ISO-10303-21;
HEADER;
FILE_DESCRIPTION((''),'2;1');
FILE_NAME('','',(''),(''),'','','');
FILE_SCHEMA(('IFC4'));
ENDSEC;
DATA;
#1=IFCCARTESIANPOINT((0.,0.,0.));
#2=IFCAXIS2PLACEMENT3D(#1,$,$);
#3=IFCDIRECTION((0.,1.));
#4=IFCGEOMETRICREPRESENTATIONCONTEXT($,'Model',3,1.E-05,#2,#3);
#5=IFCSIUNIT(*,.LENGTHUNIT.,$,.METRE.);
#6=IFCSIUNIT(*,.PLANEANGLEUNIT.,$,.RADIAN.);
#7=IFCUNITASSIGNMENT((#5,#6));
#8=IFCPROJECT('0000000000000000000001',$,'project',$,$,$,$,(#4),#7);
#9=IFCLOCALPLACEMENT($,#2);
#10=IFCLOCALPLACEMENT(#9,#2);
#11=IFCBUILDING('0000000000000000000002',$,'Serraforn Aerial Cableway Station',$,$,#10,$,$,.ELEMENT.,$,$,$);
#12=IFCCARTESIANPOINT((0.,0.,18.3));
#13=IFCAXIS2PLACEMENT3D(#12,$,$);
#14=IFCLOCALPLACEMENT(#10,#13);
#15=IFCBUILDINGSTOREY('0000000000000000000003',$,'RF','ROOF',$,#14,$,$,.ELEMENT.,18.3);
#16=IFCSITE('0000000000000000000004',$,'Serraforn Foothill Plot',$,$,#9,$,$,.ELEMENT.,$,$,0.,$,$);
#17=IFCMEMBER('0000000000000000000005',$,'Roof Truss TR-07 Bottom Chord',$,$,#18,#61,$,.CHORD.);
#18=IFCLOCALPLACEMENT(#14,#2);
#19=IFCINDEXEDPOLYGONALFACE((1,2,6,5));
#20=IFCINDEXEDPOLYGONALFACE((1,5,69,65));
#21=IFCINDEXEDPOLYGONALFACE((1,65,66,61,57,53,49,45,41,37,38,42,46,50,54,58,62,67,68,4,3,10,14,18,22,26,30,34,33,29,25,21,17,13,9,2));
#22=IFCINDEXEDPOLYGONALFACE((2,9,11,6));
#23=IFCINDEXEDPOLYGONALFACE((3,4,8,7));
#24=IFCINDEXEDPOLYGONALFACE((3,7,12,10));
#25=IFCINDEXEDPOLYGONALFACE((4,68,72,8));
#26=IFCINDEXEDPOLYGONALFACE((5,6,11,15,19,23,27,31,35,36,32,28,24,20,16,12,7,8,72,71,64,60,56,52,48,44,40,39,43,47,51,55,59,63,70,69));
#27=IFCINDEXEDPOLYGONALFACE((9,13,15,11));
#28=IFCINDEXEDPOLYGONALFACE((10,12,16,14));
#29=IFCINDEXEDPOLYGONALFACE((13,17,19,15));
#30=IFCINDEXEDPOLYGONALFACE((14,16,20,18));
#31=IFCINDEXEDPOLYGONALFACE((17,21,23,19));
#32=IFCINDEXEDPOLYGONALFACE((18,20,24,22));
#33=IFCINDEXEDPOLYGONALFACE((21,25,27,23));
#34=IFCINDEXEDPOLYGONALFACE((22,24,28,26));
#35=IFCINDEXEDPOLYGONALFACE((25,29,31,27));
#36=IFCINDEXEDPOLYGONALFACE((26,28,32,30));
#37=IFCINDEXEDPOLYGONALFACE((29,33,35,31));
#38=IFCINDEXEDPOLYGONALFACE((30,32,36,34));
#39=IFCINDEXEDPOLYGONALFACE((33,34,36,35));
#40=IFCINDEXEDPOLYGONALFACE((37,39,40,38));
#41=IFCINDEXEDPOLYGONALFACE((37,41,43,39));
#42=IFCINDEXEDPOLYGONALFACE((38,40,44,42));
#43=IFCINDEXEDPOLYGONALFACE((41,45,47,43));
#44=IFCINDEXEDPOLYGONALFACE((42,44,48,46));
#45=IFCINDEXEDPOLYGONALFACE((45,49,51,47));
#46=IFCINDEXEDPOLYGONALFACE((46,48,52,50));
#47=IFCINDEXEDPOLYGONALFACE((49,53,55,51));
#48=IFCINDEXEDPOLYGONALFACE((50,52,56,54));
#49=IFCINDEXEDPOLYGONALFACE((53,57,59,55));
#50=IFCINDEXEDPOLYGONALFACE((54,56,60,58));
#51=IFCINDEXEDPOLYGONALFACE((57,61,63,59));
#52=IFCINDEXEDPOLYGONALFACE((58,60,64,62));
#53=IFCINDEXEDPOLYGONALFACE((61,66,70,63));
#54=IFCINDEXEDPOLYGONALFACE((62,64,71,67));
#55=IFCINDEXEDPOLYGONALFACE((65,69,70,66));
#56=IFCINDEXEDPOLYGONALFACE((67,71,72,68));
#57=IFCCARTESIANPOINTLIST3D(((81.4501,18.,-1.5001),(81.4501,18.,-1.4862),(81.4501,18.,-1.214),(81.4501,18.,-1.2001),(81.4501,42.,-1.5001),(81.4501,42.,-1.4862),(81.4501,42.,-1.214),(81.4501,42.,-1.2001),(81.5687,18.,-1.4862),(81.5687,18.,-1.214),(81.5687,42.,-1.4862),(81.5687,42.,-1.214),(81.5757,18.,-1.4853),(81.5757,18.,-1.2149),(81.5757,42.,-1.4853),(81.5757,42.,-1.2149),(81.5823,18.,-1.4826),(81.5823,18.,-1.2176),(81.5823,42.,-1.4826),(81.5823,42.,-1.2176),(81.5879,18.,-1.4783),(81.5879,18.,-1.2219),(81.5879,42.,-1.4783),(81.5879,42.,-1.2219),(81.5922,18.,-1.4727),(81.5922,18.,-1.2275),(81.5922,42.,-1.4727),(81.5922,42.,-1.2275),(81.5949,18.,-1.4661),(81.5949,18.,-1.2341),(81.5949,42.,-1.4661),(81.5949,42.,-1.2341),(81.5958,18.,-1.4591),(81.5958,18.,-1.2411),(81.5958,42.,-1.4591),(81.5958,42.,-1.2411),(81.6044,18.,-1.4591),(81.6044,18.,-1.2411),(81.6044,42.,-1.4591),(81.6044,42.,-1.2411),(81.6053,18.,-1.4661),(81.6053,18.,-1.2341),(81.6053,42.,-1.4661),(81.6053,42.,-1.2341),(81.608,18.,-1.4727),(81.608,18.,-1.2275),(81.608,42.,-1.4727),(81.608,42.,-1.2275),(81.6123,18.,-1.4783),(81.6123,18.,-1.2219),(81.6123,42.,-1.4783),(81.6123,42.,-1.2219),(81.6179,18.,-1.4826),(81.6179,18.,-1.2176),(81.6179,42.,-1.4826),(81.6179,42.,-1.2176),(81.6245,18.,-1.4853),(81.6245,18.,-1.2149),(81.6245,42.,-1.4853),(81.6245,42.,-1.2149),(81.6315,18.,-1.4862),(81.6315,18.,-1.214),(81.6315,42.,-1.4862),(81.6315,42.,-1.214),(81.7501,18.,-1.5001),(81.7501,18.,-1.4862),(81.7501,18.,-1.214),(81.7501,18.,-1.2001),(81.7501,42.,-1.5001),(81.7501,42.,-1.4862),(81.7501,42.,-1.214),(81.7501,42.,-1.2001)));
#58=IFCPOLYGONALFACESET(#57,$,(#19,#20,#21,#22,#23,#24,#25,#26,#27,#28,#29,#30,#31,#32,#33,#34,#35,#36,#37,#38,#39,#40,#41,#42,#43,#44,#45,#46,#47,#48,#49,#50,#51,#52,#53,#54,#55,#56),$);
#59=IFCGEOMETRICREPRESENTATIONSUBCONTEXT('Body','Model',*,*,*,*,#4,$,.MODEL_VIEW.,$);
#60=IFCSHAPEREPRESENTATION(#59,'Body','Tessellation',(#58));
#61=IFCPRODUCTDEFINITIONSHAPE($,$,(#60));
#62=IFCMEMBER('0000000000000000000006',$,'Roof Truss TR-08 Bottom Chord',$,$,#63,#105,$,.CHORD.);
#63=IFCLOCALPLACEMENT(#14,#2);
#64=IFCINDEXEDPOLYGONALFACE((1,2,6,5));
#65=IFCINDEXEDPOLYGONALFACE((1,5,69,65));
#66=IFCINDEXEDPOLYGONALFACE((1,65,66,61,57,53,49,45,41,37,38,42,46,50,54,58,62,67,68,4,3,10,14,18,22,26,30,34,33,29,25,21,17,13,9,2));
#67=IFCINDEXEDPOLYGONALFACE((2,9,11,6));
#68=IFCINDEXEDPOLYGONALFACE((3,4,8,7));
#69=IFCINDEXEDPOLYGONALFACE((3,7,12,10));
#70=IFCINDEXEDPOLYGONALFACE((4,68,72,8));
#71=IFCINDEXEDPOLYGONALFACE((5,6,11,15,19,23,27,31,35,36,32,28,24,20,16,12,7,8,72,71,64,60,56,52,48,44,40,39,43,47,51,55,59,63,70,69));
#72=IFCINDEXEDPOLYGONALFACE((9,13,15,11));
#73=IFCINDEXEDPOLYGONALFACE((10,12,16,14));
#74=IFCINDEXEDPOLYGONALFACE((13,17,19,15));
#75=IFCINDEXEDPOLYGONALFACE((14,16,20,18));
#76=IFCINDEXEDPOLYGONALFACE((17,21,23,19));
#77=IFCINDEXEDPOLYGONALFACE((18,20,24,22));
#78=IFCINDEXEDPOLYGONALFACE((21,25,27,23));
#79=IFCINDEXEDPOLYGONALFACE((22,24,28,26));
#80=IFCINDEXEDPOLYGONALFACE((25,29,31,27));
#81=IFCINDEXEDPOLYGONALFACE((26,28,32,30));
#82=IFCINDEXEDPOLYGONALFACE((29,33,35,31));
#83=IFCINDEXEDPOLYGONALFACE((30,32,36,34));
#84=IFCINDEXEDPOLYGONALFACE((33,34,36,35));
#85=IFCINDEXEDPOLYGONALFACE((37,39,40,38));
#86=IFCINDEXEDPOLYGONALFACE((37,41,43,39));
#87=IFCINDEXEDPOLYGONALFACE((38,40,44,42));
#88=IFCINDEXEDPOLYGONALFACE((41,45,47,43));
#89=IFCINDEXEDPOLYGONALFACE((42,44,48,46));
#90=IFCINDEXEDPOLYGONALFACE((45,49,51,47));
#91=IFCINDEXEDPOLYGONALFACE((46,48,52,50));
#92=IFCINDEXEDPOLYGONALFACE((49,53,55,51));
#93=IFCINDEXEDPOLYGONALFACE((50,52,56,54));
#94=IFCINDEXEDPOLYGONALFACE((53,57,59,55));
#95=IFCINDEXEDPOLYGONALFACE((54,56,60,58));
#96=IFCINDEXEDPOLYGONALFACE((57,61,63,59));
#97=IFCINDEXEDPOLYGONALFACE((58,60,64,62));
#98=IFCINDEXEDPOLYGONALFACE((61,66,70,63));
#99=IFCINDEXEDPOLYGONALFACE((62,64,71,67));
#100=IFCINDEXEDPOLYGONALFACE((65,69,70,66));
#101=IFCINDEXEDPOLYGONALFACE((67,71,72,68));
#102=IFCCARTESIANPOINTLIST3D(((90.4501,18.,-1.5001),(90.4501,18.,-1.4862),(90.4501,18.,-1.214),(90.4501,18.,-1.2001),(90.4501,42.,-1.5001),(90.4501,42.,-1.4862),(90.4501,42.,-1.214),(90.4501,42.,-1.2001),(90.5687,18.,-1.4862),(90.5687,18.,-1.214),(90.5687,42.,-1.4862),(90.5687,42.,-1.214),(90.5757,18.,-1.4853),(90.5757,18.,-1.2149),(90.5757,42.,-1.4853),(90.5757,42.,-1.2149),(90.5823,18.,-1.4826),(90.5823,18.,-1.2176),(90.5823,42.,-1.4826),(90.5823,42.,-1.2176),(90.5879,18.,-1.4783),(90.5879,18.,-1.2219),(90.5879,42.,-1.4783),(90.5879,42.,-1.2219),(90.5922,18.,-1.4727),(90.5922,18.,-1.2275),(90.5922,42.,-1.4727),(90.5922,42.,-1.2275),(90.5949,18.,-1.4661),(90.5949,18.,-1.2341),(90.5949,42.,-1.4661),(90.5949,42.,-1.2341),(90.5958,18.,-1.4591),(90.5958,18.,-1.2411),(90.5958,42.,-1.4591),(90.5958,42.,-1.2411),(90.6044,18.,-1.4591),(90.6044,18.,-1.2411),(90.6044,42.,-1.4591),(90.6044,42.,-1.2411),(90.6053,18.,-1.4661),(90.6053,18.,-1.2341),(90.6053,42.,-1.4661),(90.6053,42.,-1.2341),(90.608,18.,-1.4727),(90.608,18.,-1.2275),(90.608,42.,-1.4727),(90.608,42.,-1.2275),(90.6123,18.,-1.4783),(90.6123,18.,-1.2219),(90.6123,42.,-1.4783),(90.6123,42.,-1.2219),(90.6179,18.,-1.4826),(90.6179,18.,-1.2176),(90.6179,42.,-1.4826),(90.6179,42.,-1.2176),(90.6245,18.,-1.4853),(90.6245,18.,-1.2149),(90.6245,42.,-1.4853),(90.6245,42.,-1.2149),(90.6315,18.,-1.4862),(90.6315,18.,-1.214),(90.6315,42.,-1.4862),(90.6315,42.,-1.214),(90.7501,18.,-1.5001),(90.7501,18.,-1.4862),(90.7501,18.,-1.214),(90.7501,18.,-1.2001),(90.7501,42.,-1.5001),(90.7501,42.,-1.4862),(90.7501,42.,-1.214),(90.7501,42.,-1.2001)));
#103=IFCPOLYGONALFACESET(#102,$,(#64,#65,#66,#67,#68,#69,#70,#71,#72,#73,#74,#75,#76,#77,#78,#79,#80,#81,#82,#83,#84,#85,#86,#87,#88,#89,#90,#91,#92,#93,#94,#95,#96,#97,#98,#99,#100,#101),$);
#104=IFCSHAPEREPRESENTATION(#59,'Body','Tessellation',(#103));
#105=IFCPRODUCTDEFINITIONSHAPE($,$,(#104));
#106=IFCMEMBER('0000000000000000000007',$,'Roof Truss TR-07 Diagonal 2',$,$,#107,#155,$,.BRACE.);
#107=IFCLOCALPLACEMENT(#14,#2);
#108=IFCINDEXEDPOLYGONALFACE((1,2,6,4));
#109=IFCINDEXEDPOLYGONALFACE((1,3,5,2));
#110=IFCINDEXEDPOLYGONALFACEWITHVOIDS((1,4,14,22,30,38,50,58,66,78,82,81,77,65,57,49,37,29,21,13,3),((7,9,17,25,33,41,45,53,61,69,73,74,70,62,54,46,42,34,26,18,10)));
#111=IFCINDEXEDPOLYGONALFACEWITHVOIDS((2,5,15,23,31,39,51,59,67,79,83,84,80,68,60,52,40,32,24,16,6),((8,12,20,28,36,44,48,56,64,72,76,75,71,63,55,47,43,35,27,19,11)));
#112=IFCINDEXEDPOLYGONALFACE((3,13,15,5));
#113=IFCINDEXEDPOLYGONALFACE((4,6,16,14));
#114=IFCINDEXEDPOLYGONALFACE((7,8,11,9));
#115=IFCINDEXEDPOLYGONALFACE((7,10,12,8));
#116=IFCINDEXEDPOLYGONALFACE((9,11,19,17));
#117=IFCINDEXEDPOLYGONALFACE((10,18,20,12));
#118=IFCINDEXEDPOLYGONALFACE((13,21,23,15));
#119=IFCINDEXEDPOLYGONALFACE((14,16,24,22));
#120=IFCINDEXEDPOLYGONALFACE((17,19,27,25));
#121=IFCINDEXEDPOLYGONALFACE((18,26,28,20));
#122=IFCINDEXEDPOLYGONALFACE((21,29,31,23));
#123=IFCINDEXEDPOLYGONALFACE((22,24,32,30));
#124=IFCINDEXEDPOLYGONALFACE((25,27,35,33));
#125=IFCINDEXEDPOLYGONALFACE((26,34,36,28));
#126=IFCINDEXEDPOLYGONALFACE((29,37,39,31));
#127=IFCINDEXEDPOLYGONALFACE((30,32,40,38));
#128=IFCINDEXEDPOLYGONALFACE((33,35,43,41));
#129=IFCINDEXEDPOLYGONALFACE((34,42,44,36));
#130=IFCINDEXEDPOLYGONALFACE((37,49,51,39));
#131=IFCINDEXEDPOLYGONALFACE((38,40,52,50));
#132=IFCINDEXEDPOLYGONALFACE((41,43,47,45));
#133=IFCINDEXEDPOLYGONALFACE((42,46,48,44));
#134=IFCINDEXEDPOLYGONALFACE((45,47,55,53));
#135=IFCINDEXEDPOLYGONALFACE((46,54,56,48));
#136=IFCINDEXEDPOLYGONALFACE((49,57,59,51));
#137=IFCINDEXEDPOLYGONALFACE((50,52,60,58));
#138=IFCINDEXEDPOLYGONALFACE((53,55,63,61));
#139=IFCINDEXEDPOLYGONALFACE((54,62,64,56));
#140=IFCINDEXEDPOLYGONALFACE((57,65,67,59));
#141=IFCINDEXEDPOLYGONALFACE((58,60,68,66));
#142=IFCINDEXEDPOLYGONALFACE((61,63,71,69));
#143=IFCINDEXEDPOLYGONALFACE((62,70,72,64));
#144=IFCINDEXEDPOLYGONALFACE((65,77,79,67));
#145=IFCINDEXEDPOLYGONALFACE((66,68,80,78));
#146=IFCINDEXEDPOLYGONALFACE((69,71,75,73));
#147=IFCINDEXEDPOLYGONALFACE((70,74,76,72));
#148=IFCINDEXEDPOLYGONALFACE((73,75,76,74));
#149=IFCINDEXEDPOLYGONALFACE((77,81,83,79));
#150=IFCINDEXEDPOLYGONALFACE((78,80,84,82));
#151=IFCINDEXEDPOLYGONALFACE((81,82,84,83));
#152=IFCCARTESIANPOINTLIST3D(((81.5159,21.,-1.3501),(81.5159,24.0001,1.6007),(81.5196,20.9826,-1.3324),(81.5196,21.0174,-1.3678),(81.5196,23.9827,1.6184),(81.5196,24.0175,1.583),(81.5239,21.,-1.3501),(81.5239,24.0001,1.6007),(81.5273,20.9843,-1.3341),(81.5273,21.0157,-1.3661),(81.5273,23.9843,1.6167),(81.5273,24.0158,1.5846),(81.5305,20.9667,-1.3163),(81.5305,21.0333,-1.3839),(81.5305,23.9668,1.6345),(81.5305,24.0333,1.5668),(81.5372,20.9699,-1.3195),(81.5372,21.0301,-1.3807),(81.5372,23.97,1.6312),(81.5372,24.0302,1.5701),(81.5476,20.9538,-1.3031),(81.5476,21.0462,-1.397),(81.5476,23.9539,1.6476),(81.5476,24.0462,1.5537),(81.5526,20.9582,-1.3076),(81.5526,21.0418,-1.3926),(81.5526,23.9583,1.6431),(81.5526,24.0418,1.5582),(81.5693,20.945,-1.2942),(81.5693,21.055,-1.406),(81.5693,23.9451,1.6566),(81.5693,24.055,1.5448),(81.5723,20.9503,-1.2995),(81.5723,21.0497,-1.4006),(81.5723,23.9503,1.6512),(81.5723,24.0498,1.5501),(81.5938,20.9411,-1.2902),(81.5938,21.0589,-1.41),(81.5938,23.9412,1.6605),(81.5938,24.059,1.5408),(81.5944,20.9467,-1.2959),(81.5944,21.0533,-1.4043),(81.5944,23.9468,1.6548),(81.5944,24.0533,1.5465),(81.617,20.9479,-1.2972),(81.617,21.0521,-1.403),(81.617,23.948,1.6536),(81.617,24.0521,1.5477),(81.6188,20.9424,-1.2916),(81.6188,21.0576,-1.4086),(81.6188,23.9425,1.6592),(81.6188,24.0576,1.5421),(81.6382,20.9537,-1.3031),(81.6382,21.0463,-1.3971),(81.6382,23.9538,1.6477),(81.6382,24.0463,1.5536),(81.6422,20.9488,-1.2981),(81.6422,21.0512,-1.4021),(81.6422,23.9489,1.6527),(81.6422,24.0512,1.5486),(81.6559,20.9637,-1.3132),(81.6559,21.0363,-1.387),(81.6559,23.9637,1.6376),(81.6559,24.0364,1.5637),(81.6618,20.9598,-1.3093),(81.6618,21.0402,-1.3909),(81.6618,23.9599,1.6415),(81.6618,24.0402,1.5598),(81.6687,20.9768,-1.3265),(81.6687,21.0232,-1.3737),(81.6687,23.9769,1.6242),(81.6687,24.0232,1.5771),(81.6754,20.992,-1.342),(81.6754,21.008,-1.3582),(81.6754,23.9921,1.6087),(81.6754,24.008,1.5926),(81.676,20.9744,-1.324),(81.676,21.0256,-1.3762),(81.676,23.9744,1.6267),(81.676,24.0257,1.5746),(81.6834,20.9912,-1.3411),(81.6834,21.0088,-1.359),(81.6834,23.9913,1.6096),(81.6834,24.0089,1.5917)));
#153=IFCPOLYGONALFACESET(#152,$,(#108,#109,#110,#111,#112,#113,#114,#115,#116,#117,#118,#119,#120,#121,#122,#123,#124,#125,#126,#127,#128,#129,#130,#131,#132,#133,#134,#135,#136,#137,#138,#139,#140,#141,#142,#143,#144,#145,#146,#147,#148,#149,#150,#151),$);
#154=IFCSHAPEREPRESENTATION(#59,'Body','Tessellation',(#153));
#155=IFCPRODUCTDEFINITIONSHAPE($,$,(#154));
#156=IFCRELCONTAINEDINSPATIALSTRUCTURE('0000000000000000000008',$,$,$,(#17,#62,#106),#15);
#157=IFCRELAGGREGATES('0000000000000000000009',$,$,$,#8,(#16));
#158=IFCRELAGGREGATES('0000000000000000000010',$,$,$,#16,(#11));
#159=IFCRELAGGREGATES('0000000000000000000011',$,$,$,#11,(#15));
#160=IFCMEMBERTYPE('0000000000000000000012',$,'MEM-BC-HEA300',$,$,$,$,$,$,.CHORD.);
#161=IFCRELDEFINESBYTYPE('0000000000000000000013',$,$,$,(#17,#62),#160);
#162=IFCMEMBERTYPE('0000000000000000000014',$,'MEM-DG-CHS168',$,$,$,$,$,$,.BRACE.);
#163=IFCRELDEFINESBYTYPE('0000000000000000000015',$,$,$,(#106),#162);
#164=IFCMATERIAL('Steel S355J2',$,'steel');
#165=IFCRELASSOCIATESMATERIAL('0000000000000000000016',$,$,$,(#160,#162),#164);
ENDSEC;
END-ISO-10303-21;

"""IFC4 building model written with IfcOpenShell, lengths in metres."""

from ifc_helpers import new_model, si_unit, direction, frame, origin, origin_2d, place, context, subcontext, project, spatial, hollow_circle, i_section, extrude, material, material_profile, profile_set, type_object, element, save


model = new_model("IFC4")

# Units and contexts
model_context = context("Model", 3, precision=1e-05, world=origin(), true_north=direction((0.0, 1.0)))
body_context = subcontext(model_context, "Body", "Model", "MODEL_VIEW")
ifc_project = project(units=[si_unit("LENGTHUNIT", "METRE"), si_unit("PLANEANGLEUNIT", "RADIAN")], contexts=[model_context])

# Site, building, storey
site_placement = place(None, origin())
site = spatial("IfcSite", under=ifc_project, at=site_placement, Name="Serraforn Foothill Plot", CompositionType="ELEMENT", RefElevation=0.0)
building_placement = place(site_placement, origin())
building = spatial("IfcBuilding", under=site, at=building_placement, Name="Serraforn Aerial Cableway Station", CompositionType="ELEMENT")
storey_placement = place(building_placement, frame((0.0, 0.0, 18.3)))
storey = spatial("IfcBuildingStorey", under=building, at=storey_placement, Name="RF", Description="ROOF", CompositionType="ELEMENT", Elevation=18.3)

# Members
ifc_material_1 = material(Name="Steel S355J2", Category="steel")
ifc_material_profile_1 = material_profile(ifc_material_1, i_section(OverallWidth=0.3, OverallDepth=0.3, WebThickness=0.0085, FlangeThickness=0.0139, FilletRadius=0.0271, at=origin_2d()), Name="HEA 300")
ifc_profile_set_1 = profile_set([ifc_material_profile_1], Name="Steel S355J2")
member_type_1 = type_object("IfcMemberType", Name="MEM-BC-HEA300", PredefinedType="CHORD", material=ifc_profile_set_1)
for number, where, z_axis, x_axis, name in (
    (1, (81.6001, 18.0, -1.3501), (0.0, 1.0, 0.0), (-1.0, 0.0, 0.0), "Roof Truss TR-07 Bottom Chord"),
    (2, (90.6001, 18.0, -1.3501), (0.0, 1.0, 0.0), (-1.0, 0.0, 0.0), "Roof Truss TR-08 Bottom Chord"),
):
    element("IfcMember", number, at=place(storey_placement, frame(where, z_axis=z_axis, x_axis=x_axis)), inside=storey, type_object=member_type_1, Name=name, PredefinedType="CHORD", context=body_context, shape_type="SweptSolid", body=[
        extrude(i_section(OverallWidth=0.3, OverallDepth=0.3, WebThickness=0.0085, FlangeThickness=0.0139, FilletRadius=0.0271, at=origin_2d()), origin(), (0.0, 0.0, 1.0), 24.0),
    ])
ifc_material_profile_2 = material_profile(ifc_material_1, hollow_circle(Radius=0.0842, WallThickness=0.0081, at=origin_2d()), Name="CHS 168.3x8.0")
ifc_profile_set_2 = profile_set([ifc_material_profile_2], Name="Steel S355J2")
member_type_2 = type_object("IfcMemberType", Name="MEM-DG-CHS168", PredefinedType="BRACE", material=ifc_profile_set_2)
member_1_placement = place(storey_placement, frame((81.6001, 21.0, -1.3501), z_axis=(0.0, 0.712942, 0.701223), x_axis=(-1.0, 0.0, 0.0)))
element("IfcMember", 3, at=member_1_placement, inside=storey, type_object=member_type_2, Name="Roof Truss TR-07 Diagonal 2", PredefinedType="BRACE", context=body_context, shape_type="SweptSolid", body=[
    extrude(hollow_circle(Radius=0.0842, WallThickness=0.0081, at=origin_2d()), origin(), (0.0, 0.0, 1.0), 4.208),
])

save(model, "model.ifc")
